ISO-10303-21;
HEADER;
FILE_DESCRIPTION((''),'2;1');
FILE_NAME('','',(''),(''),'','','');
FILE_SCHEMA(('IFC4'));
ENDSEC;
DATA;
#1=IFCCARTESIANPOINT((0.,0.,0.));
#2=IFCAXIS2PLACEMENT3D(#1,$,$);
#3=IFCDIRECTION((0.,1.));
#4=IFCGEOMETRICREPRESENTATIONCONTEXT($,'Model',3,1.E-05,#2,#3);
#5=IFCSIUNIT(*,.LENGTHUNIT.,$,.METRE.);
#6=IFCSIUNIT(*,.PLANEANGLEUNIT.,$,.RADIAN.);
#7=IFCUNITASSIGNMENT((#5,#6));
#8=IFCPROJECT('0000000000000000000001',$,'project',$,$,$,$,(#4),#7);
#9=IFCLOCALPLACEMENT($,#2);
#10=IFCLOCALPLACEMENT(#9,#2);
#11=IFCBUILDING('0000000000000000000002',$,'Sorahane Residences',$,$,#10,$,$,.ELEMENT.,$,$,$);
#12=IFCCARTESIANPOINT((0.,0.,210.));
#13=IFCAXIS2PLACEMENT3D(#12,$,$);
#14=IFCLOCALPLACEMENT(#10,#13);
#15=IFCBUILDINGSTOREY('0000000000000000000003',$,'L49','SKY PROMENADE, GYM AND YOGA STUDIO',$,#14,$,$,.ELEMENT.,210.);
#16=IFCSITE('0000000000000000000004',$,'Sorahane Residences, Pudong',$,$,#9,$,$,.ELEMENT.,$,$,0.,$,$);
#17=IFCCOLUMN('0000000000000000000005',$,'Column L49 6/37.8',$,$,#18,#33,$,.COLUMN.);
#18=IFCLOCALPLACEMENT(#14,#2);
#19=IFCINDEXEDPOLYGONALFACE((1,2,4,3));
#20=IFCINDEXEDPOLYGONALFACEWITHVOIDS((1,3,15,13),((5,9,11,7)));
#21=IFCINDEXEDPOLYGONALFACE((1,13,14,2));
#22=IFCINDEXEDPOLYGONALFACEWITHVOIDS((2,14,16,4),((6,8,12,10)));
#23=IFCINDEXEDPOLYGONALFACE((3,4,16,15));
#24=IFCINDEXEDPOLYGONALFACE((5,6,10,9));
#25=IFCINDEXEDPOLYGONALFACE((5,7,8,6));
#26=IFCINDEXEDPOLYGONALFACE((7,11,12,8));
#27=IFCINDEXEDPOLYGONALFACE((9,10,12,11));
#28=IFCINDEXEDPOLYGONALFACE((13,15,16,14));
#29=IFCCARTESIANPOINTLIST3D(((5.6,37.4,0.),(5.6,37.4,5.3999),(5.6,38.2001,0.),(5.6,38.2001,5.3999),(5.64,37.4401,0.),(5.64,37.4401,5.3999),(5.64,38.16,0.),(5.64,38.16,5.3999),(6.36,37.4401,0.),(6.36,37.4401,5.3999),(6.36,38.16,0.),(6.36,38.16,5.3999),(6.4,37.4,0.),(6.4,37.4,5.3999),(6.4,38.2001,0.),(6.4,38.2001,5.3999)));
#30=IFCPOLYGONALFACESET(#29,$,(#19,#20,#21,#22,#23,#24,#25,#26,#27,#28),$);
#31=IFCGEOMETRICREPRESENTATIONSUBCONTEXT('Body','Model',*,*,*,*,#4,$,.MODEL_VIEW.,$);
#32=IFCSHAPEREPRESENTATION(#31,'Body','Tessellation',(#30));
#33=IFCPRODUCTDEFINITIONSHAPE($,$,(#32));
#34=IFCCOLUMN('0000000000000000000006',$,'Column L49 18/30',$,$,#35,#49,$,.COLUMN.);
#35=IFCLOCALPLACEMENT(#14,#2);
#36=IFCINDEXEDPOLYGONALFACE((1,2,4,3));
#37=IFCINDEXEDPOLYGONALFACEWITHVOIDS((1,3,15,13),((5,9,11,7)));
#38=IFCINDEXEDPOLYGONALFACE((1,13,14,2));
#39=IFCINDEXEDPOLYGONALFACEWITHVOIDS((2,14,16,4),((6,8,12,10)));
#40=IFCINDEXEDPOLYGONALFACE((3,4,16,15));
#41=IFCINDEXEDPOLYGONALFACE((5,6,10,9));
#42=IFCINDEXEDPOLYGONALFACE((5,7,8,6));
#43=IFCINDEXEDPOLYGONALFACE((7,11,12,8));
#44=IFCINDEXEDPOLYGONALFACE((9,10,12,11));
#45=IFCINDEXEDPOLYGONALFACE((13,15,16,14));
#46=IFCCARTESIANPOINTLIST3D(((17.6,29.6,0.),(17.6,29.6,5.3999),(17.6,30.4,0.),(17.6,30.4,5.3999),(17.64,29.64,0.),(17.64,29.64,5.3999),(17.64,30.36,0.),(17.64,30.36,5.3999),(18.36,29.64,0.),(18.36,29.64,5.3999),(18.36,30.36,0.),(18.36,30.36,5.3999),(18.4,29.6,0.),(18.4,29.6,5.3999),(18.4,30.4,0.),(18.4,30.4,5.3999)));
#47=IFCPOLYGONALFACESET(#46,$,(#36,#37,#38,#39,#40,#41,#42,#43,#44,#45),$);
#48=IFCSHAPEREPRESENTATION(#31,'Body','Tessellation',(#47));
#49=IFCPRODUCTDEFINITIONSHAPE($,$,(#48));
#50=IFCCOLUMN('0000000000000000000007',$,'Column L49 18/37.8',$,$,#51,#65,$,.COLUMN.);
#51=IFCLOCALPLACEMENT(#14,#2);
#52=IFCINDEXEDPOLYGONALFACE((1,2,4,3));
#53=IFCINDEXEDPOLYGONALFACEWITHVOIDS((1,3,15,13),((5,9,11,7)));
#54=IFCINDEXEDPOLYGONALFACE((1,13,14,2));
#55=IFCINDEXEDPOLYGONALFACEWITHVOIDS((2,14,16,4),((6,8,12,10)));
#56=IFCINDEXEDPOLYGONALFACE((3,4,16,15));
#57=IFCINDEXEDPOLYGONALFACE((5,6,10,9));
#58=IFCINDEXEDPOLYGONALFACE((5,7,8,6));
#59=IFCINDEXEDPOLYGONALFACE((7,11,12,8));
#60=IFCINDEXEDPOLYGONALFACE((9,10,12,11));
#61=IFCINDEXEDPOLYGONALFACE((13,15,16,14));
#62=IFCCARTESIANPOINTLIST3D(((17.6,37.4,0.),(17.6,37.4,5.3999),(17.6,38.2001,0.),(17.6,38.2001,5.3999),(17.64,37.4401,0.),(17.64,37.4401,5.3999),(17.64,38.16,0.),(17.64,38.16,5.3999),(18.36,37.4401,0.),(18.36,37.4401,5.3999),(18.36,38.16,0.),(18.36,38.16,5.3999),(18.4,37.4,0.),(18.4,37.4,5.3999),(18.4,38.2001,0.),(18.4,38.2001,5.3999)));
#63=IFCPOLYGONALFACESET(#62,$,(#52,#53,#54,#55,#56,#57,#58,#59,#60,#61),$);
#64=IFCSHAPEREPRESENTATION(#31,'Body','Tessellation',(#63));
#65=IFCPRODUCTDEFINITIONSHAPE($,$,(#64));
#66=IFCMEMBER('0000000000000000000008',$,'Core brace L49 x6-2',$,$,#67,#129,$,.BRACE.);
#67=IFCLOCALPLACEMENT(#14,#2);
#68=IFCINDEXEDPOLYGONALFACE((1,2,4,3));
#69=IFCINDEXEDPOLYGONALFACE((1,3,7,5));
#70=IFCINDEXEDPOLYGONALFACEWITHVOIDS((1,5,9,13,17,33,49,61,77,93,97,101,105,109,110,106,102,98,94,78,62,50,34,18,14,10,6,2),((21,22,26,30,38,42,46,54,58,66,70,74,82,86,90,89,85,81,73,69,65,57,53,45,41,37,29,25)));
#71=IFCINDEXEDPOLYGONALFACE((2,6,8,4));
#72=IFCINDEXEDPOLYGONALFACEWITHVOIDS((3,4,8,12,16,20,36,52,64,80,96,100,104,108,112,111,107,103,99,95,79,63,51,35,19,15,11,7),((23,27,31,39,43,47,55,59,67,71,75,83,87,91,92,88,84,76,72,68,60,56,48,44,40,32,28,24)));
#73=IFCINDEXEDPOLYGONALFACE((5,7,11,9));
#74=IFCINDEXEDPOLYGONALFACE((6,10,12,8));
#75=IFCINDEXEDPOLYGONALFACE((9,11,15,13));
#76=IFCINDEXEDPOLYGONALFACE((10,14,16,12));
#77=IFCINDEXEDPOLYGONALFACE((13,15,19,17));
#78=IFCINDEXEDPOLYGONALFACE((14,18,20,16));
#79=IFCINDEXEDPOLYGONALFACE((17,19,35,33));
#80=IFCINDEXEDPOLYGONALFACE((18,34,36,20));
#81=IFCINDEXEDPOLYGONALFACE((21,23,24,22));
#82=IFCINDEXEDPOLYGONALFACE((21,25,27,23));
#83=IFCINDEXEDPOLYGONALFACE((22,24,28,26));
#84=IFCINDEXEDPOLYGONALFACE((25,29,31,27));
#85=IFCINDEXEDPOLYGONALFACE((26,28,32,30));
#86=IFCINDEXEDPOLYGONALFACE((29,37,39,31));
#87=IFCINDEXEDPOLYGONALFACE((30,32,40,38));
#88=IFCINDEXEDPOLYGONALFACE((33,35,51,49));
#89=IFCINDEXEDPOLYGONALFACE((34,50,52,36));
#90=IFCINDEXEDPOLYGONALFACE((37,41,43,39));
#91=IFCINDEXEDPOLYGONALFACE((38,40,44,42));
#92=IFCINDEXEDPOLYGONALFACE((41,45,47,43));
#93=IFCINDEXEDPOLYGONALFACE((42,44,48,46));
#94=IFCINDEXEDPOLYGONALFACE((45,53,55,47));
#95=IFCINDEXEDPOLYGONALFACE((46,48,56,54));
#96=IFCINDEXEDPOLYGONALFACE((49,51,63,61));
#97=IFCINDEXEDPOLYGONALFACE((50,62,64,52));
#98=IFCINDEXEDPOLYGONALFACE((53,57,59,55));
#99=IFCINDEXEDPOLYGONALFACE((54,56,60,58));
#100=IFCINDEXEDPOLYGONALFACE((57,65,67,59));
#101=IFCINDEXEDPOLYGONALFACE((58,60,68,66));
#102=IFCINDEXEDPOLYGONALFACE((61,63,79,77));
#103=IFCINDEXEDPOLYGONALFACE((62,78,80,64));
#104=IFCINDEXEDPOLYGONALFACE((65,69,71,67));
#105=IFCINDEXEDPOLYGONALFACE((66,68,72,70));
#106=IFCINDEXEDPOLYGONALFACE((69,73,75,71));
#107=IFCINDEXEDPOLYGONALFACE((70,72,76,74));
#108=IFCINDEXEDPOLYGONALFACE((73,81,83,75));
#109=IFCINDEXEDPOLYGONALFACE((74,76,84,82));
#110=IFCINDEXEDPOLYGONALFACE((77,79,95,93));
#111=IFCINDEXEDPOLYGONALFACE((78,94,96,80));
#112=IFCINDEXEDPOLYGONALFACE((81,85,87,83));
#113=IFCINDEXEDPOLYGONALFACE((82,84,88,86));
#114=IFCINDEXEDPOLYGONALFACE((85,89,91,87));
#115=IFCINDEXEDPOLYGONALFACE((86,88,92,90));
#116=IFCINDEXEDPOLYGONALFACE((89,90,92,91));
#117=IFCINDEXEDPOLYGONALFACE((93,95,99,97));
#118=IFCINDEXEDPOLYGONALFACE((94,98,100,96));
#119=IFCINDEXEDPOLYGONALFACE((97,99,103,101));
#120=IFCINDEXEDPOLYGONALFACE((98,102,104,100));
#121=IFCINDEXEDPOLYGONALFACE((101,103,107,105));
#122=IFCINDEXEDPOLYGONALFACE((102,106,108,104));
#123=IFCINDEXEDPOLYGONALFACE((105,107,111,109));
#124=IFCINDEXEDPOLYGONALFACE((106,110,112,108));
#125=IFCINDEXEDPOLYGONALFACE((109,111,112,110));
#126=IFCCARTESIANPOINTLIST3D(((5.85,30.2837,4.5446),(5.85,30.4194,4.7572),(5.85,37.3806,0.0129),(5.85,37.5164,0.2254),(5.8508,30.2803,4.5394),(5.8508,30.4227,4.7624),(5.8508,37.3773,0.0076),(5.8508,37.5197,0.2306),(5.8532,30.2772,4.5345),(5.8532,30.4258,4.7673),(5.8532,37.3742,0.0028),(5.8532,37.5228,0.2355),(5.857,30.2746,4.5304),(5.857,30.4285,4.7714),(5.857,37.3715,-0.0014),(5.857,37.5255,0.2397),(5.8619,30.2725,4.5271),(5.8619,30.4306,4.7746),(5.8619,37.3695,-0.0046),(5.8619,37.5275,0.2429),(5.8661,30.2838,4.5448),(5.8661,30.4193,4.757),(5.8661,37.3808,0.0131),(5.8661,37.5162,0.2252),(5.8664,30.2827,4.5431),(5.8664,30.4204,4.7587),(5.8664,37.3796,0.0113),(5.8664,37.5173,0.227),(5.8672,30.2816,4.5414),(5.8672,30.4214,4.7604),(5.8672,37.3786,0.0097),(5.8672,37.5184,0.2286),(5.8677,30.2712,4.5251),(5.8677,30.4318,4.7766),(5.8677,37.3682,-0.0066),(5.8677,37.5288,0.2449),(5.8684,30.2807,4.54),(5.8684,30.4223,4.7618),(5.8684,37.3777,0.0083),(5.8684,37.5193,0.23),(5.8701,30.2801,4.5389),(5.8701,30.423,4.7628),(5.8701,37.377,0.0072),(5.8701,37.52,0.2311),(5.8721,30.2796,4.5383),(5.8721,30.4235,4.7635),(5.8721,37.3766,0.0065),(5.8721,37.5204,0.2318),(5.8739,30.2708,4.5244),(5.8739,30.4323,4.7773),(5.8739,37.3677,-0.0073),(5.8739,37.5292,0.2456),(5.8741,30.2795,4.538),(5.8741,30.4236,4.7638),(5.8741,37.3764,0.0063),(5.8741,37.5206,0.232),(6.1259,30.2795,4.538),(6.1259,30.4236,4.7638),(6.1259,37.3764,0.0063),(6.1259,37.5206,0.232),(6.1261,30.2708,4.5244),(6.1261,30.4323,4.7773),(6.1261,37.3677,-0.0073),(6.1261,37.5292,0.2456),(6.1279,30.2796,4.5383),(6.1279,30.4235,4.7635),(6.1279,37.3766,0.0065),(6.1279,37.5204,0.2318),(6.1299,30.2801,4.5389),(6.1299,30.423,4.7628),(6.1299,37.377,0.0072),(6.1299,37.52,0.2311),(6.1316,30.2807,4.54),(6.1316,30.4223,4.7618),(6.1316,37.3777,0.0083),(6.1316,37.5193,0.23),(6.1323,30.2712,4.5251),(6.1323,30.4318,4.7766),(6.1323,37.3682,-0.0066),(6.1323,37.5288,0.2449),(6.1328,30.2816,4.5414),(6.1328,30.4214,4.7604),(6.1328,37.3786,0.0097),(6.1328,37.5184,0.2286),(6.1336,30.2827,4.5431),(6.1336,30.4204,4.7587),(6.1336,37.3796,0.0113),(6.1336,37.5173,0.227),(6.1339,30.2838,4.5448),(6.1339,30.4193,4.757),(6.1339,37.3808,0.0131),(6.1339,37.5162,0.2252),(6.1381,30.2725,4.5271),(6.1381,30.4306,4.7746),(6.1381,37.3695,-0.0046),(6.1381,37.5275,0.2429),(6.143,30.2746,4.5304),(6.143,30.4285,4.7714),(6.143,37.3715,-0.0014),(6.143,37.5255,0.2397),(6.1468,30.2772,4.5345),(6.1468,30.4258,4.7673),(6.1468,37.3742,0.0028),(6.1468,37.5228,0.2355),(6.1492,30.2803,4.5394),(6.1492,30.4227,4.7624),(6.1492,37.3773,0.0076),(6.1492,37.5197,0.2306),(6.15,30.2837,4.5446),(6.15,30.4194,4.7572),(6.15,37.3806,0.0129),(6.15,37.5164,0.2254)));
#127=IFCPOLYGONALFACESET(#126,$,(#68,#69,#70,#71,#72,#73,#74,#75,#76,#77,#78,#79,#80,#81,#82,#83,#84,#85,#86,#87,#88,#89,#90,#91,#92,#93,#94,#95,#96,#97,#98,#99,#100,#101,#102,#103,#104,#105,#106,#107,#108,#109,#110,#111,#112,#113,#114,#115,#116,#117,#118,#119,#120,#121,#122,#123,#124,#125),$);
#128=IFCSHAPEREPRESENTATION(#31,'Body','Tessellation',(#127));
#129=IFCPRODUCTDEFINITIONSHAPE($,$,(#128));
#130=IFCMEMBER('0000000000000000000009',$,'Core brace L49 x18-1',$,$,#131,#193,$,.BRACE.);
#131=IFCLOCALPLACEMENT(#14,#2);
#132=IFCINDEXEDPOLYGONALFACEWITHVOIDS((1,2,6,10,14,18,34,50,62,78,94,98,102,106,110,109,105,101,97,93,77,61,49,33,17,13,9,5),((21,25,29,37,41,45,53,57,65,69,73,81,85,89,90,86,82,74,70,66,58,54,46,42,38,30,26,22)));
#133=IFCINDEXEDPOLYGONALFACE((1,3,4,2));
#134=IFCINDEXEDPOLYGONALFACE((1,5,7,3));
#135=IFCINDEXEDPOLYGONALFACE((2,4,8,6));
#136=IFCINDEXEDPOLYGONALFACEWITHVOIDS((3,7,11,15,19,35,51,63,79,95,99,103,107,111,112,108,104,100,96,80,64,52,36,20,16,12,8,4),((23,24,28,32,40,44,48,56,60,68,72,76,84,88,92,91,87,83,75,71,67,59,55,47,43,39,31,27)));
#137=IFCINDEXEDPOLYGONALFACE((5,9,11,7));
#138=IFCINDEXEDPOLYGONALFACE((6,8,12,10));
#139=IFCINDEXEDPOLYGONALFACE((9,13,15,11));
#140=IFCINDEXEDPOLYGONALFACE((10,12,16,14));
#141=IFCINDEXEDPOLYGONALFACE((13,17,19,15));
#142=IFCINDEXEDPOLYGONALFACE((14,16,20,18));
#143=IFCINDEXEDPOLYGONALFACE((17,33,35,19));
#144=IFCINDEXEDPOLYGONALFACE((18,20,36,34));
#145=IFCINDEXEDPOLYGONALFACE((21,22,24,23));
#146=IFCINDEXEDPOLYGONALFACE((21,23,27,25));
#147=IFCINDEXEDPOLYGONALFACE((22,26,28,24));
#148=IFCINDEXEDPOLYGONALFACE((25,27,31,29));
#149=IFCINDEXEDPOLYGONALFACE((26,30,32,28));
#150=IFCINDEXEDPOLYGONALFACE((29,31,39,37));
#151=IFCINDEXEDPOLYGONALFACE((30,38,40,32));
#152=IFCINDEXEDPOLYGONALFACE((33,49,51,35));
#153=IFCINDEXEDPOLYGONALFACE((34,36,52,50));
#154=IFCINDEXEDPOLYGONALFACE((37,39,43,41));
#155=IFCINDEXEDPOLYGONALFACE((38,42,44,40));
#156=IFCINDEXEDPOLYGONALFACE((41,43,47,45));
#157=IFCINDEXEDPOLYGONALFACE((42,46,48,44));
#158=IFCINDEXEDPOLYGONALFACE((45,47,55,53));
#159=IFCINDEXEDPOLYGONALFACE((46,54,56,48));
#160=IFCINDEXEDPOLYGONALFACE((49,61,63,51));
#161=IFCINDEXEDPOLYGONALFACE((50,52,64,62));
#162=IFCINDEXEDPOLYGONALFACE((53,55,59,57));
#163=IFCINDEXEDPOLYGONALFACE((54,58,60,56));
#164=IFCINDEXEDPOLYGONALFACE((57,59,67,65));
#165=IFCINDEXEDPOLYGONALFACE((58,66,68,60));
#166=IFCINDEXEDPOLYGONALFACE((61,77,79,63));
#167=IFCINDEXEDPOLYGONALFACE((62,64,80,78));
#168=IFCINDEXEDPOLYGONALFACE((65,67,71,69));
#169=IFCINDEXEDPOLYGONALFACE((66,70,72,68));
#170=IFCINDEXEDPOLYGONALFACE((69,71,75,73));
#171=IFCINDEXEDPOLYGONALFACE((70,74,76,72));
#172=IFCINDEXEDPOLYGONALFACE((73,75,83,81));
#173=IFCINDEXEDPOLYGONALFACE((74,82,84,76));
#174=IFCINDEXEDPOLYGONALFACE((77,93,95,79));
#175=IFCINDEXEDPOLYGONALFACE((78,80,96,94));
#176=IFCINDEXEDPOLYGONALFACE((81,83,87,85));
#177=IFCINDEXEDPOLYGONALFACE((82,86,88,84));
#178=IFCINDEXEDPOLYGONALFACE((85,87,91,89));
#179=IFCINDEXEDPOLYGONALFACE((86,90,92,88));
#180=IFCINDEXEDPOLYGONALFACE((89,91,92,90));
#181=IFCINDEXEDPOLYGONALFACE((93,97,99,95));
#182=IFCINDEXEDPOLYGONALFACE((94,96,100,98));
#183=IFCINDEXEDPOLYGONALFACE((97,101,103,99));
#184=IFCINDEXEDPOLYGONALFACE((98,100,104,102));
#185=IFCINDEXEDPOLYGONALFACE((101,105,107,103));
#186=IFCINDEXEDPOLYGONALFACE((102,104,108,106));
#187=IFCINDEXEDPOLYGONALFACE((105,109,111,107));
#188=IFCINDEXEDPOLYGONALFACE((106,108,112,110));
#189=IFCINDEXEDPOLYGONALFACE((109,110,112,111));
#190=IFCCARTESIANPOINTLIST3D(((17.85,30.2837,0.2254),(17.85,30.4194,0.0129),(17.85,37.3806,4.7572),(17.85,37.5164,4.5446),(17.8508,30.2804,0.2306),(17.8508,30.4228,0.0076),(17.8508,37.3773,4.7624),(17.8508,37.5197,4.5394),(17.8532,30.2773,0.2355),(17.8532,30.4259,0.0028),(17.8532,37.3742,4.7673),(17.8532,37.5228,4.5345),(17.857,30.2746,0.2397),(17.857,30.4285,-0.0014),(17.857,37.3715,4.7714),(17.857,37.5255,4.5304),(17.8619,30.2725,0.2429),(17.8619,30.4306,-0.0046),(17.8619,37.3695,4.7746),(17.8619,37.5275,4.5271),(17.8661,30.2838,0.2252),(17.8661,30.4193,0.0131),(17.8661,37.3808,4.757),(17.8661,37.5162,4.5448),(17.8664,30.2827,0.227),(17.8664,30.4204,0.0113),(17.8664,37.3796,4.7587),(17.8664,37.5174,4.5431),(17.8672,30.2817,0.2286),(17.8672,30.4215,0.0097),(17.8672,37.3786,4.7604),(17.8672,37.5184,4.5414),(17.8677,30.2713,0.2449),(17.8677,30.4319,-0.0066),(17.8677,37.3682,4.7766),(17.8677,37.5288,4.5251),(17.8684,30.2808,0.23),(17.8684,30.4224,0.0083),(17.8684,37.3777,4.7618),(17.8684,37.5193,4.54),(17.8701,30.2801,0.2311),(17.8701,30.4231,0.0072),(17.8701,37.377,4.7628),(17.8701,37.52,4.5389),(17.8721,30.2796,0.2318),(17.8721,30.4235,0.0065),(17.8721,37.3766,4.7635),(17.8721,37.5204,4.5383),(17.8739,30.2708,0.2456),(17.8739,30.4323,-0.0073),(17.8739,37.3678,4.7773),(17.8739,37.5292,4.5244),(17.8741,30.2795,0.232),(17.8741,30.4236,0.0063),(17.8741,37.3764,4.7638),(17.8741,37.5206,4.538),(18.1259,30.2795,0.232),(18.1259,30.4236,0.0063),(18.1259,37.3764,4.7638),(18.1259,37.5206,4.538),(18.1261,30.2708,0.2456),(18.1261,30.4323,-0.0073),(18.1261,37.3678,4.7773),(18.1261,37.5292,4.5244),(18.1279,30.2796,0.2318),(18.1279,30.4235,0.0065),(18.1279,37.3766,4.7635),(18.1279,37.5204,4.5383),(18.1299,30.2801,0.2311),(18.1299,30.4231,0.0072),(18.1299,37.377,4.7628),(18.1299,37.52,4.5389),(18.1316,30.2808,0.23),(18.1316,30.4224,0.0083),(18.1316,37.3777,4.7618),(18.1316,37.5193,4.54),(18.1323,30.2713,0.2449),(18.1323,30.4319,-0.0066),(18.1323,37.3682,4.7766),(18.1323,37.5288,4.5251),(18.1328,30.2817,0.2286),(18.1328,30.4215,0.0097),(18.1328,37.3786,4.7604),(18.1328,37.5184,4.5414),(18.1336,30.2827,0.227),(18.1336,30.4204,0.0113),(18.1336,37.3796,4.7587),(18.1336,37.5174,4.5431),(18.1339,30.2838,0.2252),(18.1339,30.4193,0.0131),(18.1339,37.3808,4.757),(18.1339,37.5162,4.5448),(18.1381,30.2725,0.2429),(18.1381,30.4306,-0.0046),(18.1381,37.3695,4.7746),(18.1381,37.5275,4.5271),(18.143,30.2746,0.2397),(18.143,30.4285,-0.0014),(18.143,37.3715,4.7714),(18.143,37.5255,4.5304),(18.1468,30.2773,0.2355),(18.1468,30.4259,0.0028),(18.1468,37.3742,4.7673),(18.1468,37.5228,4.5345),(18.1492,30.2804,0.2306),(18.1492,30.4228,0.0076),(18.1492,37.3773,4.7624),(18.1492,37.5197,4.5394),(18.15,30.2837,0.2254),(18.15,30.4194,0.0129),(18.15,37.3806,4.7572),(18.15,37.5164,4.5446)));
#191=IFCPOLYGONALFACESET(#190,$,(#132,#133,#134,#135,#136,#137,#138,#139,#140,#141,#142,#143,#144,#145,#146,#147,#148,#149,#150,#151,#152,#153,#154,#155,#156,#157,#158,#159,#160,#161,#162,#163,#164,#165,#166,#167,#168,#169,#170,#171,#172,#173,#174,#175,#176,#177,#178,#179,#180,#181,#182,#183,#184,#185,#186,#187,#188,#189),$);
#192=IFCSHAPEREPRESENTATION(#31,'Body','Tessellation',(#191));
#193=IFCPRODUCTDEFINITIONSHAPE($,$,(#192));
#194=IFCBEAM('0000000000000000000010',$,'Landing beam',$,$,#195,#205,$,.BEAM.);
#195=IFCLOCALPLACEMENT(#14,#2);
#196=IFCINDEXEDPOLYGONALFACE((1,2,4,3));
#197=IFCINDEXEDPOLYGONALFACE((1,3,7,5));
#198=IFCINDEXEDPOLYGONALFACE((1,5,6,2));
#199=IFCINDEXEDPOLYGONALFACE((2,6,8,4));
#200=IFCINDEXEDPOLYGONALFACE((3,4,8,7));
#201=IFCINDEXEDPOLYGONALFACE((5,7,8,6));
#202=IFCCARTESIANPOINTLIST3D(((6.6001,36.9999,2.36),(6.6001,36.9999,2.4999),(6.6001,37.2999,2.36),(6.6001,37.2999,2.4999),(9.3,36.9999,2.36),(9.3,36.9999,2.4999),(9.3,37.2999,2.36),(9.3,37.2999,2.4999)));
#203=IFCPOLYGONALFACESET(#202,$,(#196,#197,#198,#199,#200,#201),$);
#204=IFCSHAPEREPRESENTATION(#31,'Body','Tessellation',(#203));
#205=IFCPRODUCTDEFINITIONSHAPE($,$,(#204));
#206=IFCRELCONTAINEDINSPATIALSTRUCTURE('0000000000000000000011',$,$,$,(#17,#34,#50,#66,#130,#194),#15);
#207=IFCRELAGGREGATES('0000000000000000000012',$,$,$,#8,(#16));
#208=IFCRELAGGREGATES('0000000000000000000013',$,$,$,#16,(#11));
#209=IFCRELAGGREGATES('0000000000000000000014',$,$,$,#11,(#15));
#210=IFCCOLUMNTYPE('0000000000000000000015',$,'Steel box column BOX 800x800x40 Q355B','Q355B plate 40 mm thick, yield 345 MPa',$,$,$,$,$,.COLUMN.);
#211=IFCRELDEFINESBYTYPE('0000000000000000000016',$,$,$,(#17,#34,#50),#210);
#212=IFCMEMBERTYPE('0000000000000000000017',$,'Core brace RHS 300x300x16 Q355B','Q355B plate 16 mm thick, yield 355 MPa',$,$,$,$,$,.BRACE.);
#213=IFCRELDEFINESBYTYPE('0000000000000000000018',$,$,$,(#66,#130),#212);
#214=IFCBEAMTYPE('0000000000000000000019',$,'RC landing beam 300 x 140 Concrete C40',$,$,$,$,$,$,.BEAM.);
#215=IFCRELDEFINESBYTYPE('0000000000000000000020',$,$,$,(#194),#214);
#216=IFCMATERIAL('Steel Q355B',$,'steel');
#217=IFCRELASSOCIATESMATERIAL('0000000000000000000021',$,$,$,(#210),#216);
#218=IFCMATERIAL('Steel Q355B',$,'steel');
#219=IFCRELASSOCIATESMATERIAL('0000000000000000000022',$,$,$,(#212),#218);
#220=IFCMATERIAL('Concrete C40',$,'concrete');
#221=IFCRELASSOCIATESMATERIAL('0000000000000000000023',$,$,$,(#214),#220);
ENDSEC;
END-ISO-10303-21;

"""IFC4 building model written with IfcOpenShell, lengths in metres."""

from ifc_helpers import new_model, si_unit, direction, frame, origin, origin_2d, place, context, subcontext, project, spatial, rectangle, hollow_rectangle, extrude, material, material_profile, profile_set, type_object, element, save


model = new_model("IFC4")

# Units and contexts
model_context = context("Model", 3, precision=1e-05, world=origin(), true_north=direction((0.0, 1.0)))
body_context = subcontext(model_context, "Body", "Model", "MODEL_VIEW")
ifc_project = project(units=[si_unit("LENGTHUNIT", "METRE"), si_unit("PLANEANGLEUNIT", "RADIAN")], contexts=[model_context])

# Site, building, storey
site_placement = place(None, origin())
site = spatial("IfcSite", under=ifc_project, at=site_placement, Name="Sorahane Residences, Pudong", CompositionType="ELEMENT", RefElevation=0.0)
building_placement = place(site_placement, origin())
building = spatial("IfcBuilding", under=site, at=building_placement, Name="Sorahane Residences", CompositionType="ELEMENT")
storey_placement = place(building_placement, frame((0.0, 0.0, 210.0)))
storey = spatial("IfcBuildingStorey", under=building, at=storey_placement, Name="L49", Description="SKY PROMENADE, GYM AND YOGA STUDIO", CompositionType="ELEMENT", Elevation=210.0)

# Columns
ifc_material_1 = material(Name="Steel Q355B", Category="steel")
ifc_material_profile_1 = material_profile(ifc_material_1, hollow_rectangle(XDim=0.8, YDim=0.8, WallThickness=0.04, at=origin_2d()), Name="BOX 800x800x40")
ifc_profile_set_1 = profile_set([ifc_material_profile_1], Name="Steel Q355B")
column_type = type_object("IfcColumnType", Name="Steel box column BOX 800x800x40 Q355B", Description="Q355B plate 40 mm thick, yield 345 MPa", PredefinedType="COLUMN", material=ifc_profile_set_1)
for number, where, z_axis, x_axis, name in (
    (1, (6.0, 37.8, 0.0), (0.0, 0.0, 1.0), (1.0, 0.0, 0.0), "Column L49 6/37.8"),
    (2, (18.0, 30.0, 0.0), (0.0, 0.0, 1.0), (1.0, 0.0, 0.0), "Column L49 18/30"),
    (3, (18.0, 37.8, 0.0), (0.0, 0.0, 1.0), (1.0, 0.0, 0.0), "Column L49 18/37.8"),
):
    element("IfcColumn", number, at=place(storey_placement, frame(where, z_axis=z_axis, x_axis=x_axis)), inside=storey, type_object=column_type, Name=name, PredefinedType="COLUMN", context=body_context, shape_type="SweptSolid", body=[
        extrude(hollow_rectangle(XDim=0.8, YDim=0.8, WallThickness=0.04, at=origin_2d()), origin(), (0.0, 0.0, 1.0), 5.3999),
    ])

# Members
ifc_material_2 = material(Name="Steel Q355B", Category="steel")
ifc_material_profile_2 = material_profile(ifc_material_2, hollow_rectangle(XDim=0.3, YDim=0.3, WallThickness=0.0161, InnerFilletRadius=0.0081, OuterFilletRadius=0.0239, at=origin_2d()), Name="RHS 300x300x16")
ifc_profile_set_2 = profile_set([ifc_material_profile_2], Name="Steel Q355B")
member_type = type_object("IfcMemberType", Name="Core brace RHS 300x300x16 Q355B", Description="Q355B plate 16 mm thick, yield 355 MPa", PredefinedType="BRACE", material=ifc_profile_set_2)
for number, where, z_axis, x_axis, name in (
    (4, (6.0, 37.4485, 0.1191), (0.0, -0.842826, 0.538186), (1.0, 0.0, 0.0), "Core brace L49 x6-2"),
    (5, (18.0, 30.3516, 0.1191), (0.0, 0.842826, 0.538186), (-1.0, 0.0, 0.0), "Core brace L49 x18-1"),
):
    element("IfcMember", number, at=place(storey_placement, frame(where, z_axis=z_axis, x_axis=x_axis)), inside=storey, type_object=member_type, Name=name, PredefinedType="BRACE", context=body_context, shape_type="SweptSolid", body=[
        extrude(hollow_rectangle(XDim=0.3, YDim=0.3, WallThickness=0.0161, InnerFilletRadius=0.0081, OuterFilletRadius=0.0239, at=origin_2d()), origin(), (0.0, 0.0, 1.0), 8.4204),
    ])

# Beam
ifc_material_3 = material(Name="Concrete C40", Category="concrete")
ifc_material_profile_3 = material_profile(ifc_material_3, rectangle(XDim=0.3, YDim=0.1399, at=origin_2d()), Name="300x140")
ifc_profile_set_3 = profile_set([ifc_material_profile_3], Name="Concrete C40")
beam_type_1 = type_object("IfcBeamType", Name="RC landing beam 300 x 140 Concrete C40", PredefinedType="BEAM", material=ifc_profile_set_3)
for number, where, z_axis, x_axis, name in (
    (6, (6.6001, 37.1499, 2.4299), (1.0, 0.0, 0.0), (0.0, 1.0, 0.0), "Landing beam"),
):
    element("IfcBeam", number, at=place(storey_placement, frame(where, z_axis=z_axis, x_axis=x_axis)), inside=storey, type_object=beam_type_1, Name=name, PredefinedType="BEAM", context=body_context, shape_type="SweptSolid", body=[
        extrude(rectangle(XDim=0.3, YDim=0.1399, at=origin_2d()), origin(), (0.0, 0.0, 1.0), 2.7),
    ])

save(model, "model.ifc")
